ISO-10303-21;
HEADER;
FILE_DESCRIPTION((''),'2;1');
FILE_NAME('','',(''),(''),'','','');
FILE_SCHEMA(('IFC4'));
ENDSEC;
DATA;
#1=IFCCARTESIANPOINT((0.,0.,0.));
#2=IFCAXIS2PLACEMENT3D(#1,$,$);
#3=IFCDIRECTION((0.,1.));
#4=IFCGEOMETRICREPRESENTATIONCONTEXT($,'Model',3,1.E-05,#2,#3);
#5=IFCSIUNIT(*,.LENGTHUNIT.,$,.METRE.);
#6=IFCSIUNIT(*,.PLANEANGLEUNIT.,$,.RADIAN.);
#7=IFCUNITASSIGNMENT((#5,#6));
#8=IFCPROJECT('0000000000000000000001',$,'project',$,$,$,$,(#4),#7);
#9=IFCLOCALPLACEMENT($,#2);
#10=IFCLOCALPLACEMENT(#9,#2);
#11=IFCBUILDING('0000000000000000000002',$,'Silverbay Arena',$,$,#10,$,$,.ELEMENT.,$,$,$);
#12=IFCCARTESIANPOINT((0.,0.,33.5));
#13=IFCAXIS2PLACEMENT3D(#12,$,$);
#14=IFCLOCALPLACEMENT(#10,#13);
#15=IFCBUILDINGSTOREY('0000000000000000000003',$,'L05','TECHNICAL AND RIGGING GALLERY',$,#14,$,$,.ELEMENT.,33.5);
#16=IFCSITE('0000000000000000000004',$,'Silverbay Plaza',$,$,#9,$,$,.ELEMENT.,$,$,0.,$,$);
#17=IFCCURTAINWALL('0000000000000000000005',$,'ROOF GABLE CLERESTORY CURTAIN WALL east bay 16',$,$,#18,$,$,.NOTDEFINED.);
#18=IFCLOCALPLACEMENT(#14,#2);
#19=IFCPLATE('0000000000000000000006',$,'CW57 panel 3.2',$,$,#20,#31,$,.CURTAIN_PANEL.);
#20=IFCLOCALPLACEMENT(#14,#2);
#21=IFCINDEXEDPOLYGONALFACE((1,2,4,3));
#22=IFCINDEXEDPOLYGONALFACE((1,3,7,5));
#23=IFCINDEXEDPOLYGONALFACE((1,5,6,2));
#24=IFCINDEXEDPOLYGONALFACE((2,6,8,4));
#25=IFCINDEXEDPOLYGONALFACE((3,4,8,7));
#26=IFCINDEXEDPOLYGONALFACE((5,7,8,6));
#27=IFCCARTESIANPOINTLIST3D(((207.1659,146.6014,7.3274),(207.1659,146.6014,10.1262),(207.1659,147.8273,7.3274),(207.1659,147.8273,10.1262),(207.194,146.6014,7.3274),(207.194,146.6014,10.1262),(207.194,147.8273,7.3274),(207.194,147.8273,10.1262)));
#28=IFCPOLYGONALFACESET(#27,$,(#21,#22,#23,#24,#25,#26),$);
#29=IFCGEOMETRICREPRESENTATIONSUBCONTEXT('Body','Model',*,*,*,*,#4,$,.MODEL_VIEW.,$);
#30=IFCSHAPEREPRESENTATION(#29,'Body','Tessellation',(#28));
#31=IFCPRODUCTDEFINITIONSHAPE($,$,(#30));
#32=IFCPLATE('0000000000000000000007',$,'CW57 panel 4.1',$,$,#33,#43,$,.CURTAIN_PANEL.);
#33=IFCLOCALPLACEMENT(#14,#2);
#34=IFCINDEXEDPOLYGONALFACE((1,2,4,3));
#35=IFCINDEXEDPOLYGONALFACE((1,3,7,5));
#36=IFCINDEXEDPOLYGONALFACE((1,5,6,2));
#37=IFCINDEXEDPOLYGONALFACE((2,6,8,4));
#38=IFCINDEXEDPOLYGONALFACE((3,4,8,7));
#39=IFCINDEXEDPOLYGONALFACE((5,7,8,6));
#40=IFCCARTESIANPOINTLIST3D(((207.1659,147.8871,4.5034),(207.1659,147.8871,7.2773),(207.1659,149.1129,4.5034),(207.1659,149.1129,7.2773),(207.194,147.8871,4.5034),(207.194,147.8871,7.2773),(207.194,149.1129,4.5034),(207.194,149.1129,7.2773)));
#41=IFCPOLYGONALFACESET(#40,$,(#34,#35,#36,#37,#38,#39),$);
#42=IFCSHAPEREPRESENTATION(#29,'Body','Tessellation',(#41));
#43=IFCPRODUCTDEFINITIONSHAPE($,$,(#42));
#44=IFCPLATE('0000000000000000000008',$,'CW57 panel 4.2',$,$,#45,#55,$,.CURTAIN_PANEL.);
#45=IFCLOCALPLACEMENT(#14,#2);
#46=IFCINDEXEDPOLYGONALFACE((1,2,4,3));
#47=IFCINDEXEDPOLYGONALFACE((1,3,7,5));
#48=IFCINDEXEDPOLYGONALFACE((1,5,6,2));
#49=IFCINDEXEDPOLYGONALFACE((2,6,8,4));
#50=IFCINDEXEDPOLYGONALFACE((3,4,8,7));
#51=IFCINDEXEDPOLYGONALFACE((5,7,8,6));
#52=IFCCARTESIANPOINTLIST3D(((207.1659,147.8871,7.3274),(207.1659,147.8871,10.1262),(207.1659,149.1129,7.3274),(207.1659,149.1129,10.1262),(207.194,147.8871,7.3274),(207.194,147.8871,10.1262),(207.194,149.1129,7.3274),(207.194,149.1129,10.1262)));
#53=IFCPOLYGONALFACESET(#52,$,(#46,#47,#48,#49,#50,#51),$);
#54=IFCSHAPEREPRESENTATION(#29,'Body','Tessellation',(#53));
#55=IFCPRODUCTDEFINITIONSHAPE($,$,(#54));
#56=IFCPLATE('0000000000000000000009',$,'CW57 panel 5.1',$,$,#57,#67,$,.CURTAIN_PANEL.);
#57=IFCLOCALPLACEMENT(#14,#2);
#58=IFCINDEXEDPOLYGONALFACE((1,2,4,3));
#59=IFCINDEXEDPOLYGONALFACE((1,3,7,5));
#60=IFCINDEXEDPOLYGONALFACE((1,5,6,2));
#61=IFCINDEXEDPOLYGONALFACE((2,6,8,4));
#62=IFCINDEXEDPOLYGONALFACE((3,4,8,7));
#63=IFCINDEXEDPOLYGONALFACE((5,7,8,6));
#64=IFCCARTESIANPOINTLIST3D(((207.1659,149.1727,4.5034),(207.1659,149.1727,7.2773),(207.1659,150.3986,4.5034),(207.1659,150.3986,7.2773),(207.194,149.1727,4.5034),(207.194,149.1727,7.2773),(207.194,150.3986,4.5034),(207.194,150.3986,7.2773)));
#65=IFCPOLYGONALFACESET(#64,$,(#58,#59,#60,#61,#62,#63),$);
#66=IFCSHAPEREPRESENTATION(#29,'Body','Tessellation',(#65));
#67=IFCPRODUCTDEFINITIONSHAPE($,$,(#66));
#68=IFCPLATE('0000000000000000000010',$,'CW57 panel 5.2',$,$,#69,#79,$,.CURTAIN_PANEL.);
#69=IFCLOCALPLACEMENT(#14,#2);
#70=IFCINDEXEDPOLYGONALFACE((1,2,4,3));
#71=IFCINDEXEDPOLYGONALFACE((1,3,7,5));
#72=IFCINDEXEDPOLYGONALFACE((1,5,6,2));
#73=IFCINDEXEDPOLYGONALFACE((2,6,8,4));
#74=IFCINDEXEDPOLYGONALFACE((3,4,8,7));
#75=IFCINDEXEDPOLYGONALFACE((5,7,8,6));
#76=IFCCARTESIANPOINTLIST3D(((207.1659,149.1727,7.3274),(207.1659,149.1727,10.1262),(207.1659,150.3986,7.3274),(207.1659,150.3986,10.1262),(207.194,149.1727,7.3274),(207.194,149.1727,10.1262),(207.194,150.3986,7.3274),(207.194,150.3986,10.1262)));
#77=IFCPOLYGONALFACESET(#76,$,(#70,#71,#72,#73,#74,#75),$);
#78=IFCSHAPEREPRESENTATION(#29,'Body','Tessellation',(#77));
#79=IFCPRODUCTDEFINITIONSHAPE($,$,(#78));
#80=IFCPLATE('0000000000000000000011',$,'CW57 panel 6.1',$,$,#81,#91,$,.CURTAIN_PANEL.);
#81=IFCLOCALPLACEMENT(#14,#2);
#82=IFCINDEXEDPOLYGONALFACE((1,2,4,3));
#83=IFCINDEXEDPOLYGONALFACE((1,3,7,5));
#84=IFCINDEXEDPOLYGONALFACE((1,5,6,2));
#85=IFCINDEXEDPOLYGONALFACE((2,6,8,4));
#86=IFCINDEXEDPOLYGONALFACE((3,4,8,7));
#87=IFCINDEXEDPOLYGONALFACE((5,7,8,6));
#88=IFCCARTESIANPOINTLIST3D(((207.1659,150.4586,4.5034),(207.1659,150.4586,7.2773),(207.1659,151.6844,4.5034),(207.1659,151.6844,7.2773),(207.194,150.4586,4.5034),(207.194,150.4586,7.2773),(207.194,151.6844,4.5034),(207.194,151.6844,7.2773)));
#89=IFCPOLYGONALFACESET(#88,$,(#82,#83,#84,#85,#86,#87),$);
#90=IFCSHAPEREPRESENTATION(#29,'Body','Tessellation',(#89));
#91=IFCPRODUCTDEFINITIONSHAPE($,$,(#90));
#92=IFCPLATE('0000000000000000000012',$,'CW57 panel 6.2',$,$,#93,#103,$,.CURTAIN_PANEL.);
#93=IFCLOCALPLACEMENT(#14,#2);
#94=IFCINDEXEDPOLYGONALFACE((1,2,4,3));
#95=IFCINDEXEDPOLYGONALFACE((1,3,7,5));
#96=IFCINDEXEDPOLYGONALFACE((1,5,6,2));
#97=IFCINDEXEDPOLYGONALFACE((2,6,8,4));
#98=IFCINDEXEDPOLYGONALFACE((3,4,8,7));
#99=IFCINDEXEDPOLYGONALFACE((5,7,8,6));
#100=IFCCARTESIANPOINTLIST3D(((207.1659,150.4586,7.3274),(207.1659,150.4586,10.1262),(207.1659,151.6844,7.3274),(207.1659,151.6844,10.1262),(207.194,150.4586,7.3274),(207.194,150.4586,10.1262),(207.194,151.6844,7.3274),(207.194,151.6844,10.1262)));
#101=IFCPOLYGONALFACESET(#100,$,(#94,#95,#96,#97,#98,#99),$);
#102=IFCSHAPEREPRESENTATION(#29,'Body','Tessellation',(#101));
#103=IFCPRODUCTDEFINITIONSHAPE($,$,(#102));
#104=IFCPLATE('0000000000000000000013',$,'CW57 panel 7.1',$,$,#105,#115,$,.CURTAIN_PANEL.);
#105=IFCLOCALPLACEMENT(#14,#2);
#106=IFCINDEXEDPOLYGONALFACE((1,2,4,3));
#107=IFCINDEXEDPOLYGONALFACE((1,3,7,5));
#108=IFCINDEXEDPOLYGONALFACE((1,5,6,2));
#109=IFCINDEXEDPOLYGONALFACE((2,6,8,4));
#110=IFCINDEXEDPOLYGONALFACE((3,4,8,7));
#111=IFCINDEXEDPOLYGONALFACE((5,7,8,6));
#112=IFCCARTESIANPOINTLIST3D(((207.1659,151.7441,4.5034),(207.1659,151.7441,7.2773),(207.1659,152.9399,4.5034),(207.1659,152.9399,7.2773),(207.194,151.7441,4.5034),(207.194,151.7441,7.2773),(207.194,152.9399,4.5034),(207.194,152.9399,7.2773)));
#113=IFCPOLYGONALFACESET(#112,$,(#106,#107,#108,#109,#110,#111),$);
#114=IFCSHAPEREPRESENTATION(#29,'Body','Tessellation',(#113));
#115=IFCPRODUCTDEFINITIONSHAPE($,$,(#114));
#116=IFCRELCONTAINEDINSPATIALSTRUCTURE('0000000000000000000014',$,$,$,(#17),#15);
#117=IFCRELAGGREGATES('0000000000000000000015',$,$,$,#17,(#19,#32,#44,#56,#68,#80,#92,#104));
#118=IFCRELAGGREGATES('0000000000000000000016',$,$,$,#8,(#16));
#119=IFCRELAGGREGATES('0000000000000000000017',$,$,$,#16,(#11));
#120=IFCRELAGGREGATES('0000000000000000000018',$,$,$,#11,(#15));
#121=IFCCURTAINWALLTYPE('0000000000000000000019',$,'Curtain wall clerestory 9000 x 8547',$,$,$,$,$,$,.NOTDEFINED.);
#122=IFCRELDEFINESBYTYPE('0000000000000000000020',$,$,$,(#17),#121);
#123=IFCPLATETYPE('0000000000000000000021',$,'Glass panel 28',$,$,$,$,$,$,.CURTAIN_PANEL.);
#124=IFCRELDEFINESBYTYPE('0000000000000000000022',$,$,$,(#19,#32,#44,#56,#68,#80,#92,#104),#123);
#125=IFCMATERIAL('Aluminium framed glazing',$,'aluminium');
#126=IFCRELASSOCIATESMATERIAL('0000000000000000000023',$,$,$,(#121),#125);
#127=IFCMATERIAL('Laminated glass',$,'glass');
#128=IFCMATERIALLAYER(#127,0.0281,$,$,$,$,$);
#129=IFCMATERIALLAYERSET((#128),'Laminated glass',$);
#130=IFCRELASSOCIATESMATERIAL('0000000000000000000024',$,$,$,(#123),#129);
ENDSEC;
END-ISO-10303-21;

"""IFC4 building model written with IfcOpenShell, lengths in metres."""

from ifc_helpers import new_model, si_unit, direction, frame, origin, origin_2d, place, context, subcontext, project, spatial, rectangle, extrude, material, layer, layer_set, type_object, element, aggregate, save


model = new_model("IFC4")

# Units and contexts
model_context = context("Model", 3, precision=1e-05, world=origin(), true_north=direction((0.0, 1.0)))
body_context = subcontext(model_context, "Body", "Model", "MODEL_VIEW")
ifc_project = project(units=[si_unit("LENGTHUNIT", "METRE"), si_unit("PLANEANGLEUNIT", "RADIAN")], contexts=[model_context])

# Site, building, storey
site_placement = place(None, origin())
site = spatial("IfcSite", under=ifc_project, at=site_placement, Name="Silverbay Plaza", CompositionType="ELEMENT", RefElevation=0.0)
building_placement = place(site_placement, origin())
building = spatial("IfcBuilding", under=site, at=building_placement, Name="Silverbay Arena", CompositionType="ELEMENT")
storey_placement = place(building_placement, frame((0.0, 0.0, 33.5)))
storey = spatial("IfcBuildingStorey", under=building, at=storey_placement, Name="L05", Description="TECHNICAL AND RIGGING GALLERY", CompositionType="ELEMENT", Elevation=33.5)

# Curtain wall
ifc_material_1 = material(Name="Aluminium framed glazing", Category="aluminium")
curtain_wall_type = type_object("IfcCurtainWallType", Name="Curtain wall clerestory 9000 x 8547", PredefinedType="NOTDEFINED", material=ifc_material_1)
curtain_wall_placement = place(storey_placement, origin())
curtain_wall = element("IfcCurtainWall", 1, at=curtain_wall_placement, inside=storey, type_object=curtain_wall_type, Name="ROOF GABLE CLERESTORY CURTAIN WALL east bay 16", PredefinedType="NOTDEFINED")

# Plates
ifc_material_2 = material(Name="Laminated glass", Category="glass")
ifc_layer = layer(ifc_material_2, 0.0281)
ifc_layer_set = layer_set([ifc_layer], Name="Laminated glass")
plate_type = type_object("IfcPlateType", Name="Glass panel 28", PredefinedType="CURTAIN_PANEL", material=ifc_layer_set)
plate_1_placement = place(storey_placement, frame((207.1799, 147.2144, 7.3274), z_axis=(0.0, 0.0, 1.0), x_axis=(0.0, 1.0, 0.0)))
plate_1 = element("IfcPlate", 2, at=plate_1_placement, type_object=plate_type, Name="CW57 panel 3.2", PredefinedType="CURTAIN_PANEL", context=body_context, shape_type="SweptSolid", body=[
    extrude(rectangle(XDim=1.2258, YDim=0.0281, at=origin_2d()), origin(), (0.0, 0.0, 1.0), 2.7988),
])
plate_2_placement = place(storey_placement, frame((207.1799, 148.5, 4.5034), z_axis=(0.0, 0.0, 1.0), x_axis=(0.0, 1.0, 0.0)))
plate_2 = element("IfcPlate", 3, at=plate_2_placement, type_object=plate_type, Name="CW57 panel 4.1", PredefinedType="CURTAIN_PANEL", context=body_context, shape_type="SweptSolid", body=[
    extrude(rectangle(XDim=1.2258, YDim=0.0281, at=origin_2d()), origin(), (0.0, 0.0, 1.0), 2.7739),
])
plate_3_placement = place(storey_placement, frame((207.1799, 148.5, 7.3274), z_axis=(0.0, 0.0, 1.0), x_axis=(0.0, 1.0, 0.0)))
plate_3 = element("IfcPlate", 4, at=plate_3_placement, type_object=plate_type, Name="CW57 panel 4.2", PredefinedType="CURTAIN_PANEL", context=body_context, shape_type="SweptSolid", body=[
    extrude(rectangle(XDim=1.2258, YDim=0.0281, at=origin_2d()), origin(), (0.0, 0.0, 1.0), 2.7988),
])
plate_4_placement = place(storey_placement, frame((207.1799, 149.7856, 4.5034), z_axis=(0.0, 0.0, 1.0), x_axis=(0.0, 1.0, 0.0)))
plate_4 = element("IfcPlate", 5, at=plate_4_placement, type_object=plate_type, Name="CW57 panel 5.1", PredefinedType="CURTAIN_PANEL", context=body_context, shape_type="SweptSolid", body=[
    extrude(rectangle(XDim=1.2258, YDim=0.0281, at=origin_2d()), origin(), (0.0, 0.0, 1.0), 2.7739),
])
plate_5_placement = place(storey_placement, frame((207.1799, 149.7856, 7.3274), z_axis=(0.0, 0.0, 1.0), x_axis=(0.0, 1.0, 0.0)))
plate_5 = element("IfcPlate", 6, at=plate_5_placement, type_object=plate_type, Name="CW57 panel 5.2", PredefinedType="CURTAIN_PANEL", context=body_context, shape_type="SweptSolid", body=[
    extrude(rectangle(XDim=1.2258, YDim=0.0281, at=origin_2d()), origin(), (0.0, 0.0, 1.0), 2.7988),
])
plate_6_placement = place(storey_placement, frame((207.1799, 151.0715, 4.5034), z_axis=(0.0, 0.0, 1.0), x_axis=(0.0, 1.0, 0.0)))
plate_6 = element("IfcPlate", 7, at=plate_6_placement, type_object=plate_type, Name="CW57 panel 6.1", PredefinedType="CURTAIN_PANEL", context=body_context, shape_type="SweptSolid", body=[
    extrude(rectangle(XDim=1.2258, YDim=0.0281, at=origin_2d()), origin(), (0.0, 0.0, 1.0), 2.7739),
])
plate_7_placement = place(storey_placement, frame((207.1799, 151.0715, 7.3274), z_axis=(0.0, 0.0, 1.0), x_axis=(0.0, 1.0, 0.0)))
plate_7 = element("IfcPlate", 8, at=plate_7_placement, type_object=plate_type, Name="CW57 panel 6.2", PredefinedType="CURTAIN_PANEL", context=body_context, shape_type="SweptSolid", body=[
    extrude(rectangle(XDim=1.2258, YDim=0.0281, at=origin_2d()), origin(), (0.0, 0.0, 1.0), 2.7988),
])
plate_8_placement = place(storey_placement, frame((207.1799, 152.342, 4.5034), z_axis=(0.0, 0.0, 1.0), x_axis=(0.0, 1.0, 0.0)))
plate_8 = element("IfcPlate", 9, at=plate_8_placement, type_object=plate_type, Name="CW57 panel 7.1", PredefinedType="CURTAIN_PANEL", context=body_context, shape_type="SweptSolid", body=[
    extrude(rectangle(XDim=1.1958, YDim=0.0281, at=origin_2d()), origin(), (0.0, 0.0, 1.0), 2.7739),
])
aggregate(curtain_wall, [plate_1, plate_2, plate_3, plate_4, plate_5, plate_6, plate_7, plate_8])

save(model, "model.ifc")
